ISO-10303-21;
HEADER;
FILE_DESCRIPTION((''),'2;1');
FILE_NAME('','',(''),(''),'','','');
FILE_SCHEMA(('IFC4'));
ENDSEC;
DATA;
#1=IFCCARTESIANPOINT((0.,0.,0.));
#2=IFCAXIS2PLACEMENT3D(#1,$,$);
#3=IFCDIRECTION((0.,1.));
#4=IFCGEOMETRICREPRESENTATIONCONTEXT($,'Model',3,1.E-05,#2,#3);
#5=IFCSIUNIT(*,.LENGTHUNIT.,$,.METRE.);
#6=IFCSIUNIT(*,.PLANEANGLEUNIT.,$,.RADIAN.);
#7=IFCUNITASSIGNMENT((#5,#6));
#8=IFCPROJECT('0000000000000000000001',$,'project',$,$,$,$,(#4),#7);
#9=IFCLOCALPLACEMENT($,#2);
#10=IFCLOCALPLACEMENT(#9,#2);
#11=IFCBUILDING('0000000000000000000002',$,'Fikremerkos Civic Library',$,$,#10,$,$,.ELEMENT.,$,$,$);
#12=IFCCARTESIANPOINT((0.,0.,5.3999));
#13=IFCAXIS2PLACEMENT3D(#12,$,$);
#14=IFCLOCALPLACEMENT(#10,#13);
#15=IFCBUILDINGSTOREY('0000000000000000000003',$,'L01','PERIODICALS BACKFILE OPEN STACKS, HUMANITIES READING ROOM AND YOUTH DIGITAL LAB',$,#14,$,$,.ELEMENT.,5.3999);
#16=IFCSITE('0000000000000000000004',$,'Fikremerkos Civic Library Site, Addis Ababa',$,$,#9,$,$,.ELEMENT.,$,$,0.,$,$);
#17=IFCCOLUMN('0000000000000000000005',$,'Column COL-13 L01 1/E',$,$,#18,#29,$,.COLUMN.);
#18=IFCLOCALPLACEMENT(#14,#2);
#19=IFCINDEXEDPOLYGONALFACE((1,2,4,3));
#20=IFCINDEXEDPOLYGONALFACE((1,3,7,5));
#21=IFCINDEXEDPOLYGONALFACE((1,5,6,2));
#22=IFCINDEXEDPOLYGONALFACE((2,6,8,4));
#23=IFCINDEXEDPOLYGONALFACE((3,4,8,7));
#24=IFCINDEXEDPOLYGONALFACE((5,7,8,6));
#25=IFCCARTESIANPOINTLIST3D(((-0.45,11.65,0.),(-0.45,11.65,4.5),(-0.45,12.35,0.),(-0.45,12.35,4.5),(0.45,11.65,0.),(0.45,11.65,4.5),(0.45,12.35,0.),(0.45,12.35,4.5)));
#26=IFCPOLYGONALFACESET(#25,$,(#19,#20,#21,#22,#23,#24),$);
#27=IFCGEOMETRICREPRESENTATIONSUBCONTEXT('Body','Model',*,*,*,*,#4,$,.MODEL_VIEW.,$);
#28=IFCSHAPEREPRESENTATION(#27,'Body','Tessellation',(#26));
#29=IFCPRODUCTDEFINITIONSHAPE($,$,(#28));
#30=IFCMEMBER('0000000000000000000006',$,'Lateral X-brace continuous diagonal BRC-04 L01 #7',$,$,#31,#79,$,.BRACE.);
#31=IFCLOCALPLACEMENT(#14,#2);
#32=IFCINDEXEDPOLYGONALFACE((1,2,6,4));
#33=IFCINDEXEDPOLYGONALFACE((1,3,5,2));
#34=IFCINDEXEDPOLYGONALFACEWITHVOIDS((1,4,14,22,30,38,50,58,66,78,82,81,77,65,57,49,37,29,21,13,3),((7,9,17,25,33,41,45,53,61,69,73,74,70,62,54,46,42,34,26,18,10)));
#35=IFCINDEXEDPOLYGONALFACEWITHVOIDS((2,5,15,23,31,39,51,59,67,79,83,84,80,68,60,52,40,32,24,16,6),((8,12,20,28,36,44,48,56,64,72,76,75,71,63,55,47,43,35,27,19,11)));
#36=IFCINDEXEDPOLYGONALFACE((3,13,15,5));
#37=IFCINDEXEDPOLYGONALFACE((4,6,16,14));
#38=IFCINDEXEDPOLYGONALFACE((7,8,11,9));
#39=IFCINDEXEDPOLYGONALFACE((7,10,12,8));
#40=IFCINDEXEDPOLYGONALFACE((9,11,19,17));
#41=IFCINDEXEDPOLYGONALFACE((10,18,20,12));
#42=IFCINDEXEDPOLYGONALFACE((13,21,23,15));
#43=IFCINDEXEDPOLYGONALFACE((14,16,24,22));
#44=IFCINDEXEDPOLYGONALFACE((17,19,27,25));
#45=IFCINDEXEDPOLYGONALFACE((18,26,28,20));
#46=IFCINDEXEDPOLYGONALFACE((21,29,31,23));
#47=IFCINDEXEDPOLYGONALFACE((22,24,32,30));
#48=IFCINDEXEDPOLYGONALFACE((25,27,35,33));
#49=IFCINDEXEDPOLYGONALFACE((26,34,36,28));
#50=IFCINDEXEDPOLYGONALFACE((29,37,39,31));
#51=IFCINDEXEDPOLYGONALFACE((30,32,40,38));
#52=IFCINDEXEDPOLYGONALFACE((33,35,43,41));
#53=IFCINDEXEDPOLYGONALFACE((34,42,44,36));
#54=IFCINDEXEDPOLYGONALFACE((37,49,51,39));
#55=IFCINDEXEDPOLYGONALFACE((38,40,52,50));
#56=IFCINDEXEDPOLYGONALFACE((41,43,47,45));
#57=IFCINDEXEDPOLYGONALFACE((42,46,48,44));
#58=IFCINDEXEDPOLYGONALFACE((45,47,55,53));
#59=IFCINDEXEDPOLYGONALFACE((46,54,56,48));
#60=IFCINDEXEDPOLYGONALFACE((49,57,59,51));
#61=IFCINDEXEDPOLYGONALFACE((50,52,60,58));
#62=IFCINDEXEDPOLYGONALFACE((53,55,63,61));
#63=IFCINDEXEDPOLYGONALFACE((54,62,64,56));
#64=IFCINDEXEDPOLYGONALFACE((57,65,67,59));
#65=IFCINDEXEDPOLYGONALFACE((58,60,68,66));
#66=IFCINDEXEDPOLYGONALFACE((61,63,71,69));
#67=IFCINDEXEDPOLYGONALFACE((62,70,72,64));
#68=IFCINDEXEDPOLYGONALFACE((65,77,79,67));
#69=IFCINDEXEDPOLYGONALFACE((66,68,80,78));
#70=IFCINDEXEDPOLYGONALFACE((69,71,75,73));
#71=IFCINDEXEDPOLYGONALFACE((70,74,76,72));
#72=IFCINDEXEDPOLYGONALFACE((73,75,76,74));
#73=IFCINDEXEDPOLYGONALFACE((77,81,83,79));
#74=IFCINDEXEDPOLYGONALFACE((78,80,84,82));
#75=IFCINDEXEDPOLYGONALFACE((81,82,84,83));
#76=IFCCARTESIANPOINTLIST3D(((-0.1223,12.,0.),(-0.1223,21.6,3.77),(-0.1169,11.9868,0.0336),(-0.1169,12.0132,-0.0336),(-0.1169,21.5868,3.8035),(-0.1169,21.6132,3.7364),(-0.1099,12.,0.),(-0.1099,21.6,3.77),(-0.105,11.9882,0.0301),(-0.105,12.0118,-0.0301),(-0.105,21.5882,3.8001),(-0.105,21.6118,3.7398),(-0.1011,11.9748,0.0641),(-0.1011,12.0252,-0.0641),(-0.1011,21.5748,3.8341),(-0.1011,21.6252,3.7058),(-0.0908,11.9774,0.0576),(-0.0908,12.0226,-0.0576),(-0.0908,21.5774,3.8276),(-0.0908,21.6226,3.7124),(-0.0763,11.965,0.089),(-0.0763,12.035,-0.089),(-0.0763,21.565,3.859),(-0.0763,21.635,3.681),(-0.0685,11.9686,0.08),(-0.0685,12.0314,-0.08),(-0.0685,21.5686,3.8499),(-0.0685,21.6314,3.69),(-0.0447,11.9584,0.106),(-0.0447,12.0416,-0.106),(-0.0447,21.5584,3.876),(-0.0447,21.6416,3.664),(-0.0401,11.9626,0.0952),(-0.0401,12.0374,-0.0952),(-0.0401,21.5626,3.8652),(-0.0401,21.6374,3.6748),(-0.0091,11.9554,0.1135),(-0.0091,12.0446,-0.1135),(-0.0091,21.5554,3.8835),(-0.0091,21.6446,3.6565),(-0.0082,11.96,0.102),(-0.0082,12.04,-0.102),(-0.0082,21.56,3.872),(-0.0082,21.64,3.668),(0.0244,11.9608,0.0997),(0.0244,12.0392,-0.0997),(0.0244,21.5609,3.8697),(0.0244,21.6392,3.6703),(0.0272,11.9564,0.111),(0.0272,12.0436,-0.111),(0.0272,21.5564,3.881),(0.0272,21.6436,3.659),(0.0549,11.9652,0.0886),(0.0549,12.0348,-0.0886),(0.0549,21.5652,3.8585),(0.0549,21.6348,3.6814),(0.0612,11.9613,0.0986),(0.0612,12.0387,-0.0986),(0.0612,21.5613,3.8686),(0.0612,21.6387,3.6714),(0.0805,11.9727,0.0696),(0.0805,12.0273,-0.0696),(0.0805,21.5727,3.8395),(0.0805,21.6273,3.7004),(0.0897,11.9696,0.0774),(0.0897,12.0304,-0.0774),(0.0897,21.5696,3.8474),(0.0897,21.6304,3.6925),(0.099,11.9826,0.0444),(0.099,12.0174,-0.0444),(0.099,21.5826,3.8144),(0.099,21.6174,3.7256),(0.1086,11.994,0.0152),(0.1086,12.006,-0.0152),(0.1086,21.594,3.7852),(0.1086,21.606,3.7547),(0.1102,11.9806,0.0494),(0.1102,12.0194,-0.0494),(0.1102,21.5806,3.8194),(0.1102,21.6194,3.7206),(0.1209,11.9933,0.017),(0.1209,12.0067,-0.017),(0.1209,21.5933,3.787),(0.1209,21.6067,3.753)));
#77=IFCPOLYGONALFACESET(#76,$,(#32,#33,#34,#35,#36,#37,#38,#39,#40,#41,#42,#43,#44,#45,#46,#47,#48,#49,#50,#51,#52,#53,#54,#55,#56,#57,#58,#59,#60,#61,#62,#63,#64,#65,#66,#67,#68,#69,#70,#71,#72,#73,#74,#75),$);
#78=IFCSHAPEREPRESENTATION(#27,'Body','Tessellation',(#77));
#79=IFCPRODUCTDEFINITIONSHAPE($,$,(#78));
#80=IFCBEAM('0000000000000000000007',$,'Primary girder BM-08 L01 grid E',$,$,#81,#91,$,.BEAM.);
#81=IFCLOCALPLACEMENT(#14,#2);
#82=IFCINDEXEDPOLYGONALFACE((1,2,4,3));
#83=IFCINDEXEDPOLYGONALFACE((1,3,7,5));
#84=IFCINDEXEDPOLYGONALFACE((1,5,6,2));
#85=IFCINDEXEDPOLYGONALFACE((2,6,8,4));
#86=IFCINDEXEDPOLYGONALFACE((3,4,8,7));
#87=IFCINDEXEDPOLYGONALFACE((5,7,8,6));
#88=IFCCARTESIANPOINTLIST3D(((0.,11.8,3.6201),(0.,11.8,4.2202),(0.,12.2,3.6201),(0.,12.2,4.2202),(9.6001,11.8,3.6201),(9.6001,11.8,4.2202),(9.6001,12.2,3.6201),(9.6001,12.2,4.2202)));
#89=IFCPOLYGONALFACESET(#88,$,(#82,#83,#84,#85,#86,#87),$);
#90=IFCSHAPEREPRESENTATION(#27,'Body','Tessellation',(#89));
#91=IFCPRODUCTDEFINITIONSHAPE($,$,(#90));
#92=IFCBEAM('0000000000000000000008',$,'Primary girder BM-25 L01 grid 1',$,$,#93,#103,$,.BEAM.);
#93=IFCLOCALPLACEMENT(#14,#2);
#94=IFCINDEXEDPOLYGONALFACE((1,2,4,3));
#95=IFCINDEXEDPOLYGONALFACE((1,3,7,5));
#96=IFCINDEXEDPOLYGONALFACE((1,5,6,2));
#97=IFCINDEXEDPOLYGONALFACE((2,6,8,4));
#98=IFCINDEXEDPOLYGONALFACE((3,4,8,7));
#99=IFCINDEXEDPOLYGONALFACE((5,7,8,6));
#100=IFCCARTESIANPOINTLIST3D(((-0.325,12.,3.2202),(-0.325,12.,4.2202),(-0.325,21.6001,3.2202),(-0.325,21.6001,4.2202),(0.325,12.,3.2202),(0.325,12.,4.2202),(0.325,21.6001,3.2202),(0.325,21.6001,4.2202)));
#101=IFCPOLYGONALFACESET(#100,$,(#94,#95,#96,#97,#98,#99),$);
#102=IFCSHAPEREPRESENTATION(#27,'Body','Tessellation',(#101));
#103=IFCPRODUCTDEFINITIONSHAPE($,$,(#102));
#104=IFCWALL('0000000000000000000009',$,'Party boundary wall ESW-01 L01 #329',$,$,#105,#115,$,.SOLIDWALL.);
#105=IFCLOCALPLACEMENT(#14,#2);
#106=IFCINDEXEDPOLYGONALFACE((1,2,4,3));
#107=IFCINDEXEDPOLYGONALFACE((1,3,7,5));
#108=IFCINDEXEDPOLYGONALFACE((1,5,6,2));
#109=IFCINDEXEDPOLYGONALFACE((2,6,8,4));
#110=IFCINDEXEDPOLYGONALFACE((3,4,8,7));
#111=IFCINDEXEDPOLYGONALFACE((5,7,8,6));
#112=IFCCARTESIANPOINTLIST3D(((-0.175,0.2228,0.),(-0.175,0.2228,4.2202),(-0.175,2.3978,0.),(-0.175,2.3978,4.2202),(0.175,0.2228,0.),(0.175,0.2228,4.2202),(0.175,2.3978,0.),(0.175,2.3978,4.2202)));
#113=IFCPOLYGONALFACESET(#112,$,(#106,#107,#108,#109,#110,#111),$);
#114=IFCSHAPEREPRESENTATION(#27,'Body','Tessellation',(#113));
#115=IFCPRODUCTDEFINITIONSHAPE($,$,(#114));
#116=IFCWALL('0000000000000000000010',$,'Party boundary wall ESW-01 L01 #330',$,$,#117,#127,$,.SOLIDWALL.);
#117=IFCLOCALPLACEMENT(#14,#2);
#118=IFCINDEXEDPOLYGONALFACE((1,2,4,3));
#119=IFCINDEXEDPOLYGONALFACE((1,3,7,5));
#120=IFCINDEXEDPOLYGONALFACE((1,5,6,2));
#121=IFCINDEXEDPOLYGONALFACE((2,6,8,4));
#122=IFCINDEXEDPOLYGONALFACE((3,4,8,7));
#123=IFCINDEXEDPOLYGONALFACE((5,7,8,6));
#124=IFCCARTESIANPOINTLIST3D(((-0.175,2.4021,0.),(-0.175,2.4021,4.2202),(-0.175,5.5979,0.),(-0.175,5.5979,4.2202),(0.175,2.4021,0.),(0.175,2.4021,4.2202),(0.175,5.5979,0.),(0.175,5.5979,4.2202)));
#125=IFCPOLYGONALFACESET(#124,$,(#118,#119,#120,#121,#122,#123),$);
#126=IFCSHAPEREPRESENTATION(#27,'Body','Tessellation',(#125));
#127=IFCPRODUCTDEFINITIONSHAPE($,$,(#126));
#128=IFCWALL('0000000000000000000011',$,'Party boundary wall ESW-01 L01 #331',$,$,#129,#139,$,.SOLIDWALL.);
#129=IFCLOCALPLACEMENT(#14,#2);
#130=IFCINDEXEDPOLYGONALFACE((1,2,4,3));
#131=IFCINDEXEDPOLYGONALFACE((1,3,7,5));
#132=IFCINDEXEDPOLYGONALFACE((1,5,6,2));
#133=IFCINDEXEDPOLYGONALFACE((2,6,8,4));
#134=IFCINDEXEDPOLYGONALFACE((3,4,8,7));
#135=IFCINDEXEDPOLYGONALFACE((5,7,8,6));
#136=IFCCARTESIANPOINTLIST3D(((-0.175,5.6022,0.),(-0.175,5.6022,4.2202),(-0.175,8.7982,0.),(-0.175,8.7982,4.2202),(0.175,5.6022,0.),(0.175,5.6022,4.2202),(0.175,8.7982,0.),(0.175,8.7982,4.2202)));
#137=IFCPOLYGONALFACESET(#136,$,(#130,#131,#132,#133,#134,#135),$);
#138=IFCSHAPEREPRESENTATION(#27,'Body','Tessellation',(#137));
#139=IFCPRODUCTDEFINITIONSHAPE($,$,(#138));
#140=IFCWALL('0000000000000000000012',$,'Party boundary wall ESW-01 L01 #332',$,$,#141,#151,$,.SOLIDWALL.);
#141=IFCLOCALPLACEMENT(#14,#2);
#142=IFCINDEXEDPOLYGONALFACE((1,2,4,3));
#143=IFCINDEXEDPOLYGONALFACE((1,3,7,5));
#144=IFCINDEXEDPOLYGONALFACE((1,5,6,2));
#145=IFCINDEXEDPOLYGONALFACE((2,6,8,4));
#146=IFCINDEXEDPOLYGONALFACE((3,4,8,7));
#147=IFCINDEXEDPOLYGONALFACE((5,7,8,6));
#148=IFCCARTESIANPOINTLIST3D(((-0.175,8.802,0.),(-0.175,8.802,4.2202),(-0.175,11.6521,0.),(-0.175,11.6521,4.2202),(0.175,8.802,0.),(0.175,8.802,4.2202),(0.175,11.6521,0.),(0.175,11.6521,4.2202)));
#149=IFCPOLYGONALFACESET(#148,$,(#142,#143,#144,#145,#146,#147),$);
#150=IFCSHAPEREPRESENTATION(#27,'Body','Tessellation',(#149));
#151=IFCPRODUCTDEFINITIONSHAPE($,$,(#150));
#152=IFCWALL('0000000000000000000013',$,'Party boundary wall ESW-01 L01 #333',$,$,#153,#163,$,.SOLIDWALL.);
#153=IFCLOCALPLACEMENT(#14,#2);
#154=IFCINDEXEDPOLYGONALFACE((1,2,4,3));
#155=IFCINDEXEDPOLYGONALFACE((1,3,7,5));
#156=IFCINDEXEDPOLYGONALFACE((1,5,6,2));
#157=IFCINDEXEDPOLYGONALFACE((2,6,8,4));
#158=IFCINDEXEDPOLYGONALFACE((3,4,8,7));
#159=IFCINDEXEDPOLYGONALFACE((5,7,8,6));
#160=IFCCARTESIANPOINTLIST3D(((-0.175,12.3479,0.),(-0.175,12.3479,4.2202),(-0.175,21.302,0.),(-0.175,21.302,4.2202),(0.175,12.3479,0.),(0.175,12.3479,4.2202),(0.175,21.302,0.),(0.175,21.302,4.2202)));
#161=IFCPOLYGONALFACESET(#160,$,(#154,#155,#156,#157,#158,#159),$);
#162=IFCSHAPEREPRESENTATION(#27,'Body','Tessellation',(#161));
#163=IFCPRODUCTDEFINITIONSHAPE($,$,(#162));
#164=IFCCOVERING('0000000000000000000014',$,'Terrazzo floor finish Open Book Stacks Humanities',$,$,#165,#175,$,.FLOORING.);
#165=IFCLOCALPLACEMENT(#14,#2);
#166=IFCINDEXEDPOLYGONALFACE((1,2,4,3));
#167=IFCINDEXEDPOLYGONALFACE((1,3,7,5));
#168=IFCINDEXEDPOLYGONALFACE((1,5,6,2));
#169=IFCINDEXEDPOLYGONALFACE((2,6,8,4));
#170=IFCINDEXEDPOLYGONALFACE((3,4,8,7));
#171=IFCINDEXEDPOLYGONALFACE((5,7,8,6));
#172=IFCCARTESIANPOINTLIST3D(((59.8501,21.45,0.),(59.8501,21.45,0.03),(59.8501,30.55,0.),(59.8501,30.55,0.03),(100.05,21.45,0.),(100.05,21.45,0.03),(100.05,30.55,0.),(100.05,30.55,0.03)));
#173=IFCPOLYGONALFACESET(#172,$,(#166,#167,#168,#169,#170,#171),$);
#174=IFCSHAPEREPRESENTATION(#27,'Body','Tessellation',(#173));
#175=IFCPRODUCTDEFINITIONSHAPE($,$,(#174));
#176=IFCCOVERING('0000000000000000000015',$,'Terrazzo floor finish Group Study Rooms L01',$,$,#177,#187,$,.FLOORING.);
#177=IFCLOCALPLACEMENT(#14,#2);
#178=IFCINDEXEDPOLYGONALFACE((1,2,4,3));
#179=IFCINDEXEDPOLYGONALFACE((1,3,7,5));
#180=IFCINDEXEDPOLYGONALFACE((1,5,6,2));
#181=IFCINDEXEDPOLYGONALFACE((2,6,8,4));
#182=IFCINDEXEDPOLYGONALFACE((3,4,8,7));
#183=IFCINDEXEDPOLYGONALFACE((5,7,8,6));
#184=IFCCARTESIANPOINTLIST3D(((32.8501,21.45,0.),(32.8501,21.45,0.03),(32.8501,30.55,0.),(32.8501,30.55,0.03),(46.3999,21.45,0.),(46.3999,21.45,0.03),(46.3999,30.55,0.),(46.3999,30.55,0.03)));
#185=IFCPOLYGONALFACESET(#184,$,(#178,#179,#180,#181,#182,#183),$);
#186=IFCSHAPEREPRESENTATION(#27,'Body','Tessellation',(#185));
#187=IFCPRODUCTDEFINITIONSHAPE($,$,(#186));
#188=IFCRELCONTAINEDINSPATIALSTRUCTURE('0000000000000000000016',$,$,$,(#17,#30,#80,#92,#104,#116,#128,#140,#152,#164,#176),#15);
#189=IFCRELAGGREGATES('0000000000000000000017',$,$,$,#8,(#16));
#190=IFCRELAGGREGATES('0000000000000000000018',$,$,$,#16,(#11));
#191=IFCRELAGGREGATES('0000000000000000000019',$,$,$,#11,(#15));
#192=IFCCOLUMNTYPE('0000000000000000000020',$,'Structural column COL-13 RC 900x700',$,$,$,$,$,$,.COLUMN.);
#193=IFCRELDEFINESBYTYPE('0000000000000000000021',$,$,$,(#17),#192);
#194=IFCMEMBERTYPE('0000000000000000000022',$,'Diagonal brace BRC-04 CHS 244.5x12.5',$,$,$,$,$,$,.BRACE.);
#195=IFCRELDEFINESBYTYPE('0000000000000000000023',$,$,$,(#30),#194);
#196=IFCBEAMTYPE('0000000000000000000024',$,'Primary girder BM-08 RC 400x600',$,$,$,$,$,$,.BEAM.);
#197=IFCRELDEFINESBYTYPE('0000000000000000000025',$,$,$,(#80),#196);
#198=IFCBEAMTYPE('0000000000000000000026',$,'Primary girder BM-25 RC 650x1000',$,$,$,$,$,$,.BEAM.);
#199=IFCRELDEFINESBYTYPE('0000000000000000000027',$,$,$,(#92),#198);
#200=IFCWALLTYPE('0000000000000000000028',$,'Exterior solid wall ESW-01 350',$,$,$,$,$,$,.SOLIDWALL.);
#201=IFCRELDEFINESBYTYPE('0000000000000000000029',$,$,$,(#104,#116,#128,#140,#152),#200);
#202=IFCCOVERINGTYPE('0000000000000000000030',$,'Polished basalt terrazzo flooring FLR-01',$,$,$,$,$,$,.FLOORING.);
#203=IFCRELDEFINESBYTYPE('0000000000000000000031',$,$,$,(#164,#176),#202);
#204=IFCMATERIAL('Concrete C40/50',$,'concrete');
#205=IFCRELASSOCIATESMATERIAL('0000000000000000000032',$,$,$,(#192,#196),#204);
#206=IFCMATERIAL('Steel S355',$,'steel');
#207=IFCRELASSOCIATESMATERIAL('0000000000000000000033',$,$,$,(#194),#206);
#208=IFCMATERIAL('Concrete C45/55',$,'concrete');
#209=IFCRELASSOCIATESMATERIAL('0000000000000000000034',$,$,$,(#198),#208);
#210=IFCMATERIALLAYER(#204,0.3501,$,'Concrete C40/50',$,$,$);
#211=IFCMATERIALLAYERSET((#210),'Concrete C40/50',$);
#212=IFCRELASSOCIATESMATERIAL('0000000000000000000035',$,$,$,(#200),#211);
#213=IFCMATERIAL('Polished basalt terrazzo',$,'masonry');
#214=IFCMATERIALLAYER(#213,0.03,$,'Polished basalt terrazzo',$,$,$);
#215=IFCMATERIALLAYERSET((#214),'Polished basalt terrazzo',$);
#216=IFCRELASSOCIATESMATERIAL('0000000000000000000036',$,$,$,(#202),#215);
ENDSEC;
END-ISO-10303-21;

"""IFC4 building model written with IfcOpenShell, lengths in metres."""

from ifc_helpers import new_model, si_unit, direction, frame, frame_2d, origin, origin_2d, place, context, subcontext, project, spatial, polyline, rectangle, hollow_circle, outline, extrude, material, layer, layer_set, material_profile, profile_set, type_object, element, save


model = new_model("IFC4")

# Units and contexts
model_context = context("Model", 3, precision=1e-05, world=origin(), true_north=direction((0.0, 1.0)))
body_context = subcontext(model_context, "Body", "Model", "MODEL_VIEW")
ifc_project = project(units=[si_unit("LENGTHUNIT", "METRE"), si_unit("PLANEANGLEUNIT", "RADIAN")], contexts=[model_context])

# Site, building, storey
site_placement = place(None, origin())
site = spatial("IfcSite", under=ifc_project, at=site_placement, Name="Fikremerkos Civic Library Site, Addis Ababa", CompositionType="ELEMENT", RefElevation=0.0)
building_placement = place(site_placement, origin())
building = spatial("IfcBuilding", under=site, at=building_placement, Name="Fikremerkos Civic Library", CompositionType="ELEMENT")
storey_placement = place(building_placement, frame((0.0, 0.0, 5.3999)))
storey = spatial("IfcBuildingStorey", under=building, at=storey_placement, Name="L01", Description="PERIODICALS BACKFILE OPEN STACKS, HUMANITIES READING ROOM AND YOUTH DIGITAL LAB", CompositionType="ELEMENT", Elevation=5.3999)

# Column
ifc_material_1 = material(Name="Concrete C40/50", Category="concrete")
ifc_material_profile_1 = material_profile(ifc_material_1, rectangle(XDim=0.8999, YDim=0.7, at=origin_2d()), Name="RC 900x700")
ifc_profile_set_1 = profile_set([ifc_material_profile_1], Name="Concrete C40/50")
column_type = type_object("IfcColumnType", Name="Structural column COL-13 RC 900x700", PredefinedType="COLUMN", material=ifc_profile_set_1)
column_placement = place(storey_placement, frame((0.0, 12.0, 0.0), z_axis=(0.0, 0.0, 1.0), x_axis=(1.0, 0.0, 0.0)))
element("IfcColumn", 1, at=column_placement, inside=storey, type_object=column_type, Name="Column COL-13 L01 1/E", PredefinedType="COLUMN", context=body_context, shape_type="SweptSolid", body=[
    extrude(rectangle(XDim=0.8999, YDim=0.7, at=origin_2d()), origin(), (0.0, 0.0, 1.0), 4.5),
])

# Member
ifc_material_2 = material(Name="Steel S355", Category="steel")
ifc_material_profile_2 = material_profile(ifc_material_2, hollow_circle(Radius=0.1223, WallThickness=0.0125, at=origin_2d()), Name="CHS 244.5x12.5")
ifc_profile_set_2 = profile_set([ifc_material_profile_2], Name="Steel S355")
member_type = type_object("IfcMemberType", Name="Diagonal brace BRC-04 CHS 244.5x12.5", PredefinedType="BRACE", material=ifc_profile_set_2)
member_placement = place(storey_placement, frame((0.0, 12.0, 0.0), z_axis=(0.0, 0.930799, 0.365531), x_axis=(-1.0, 0.0, 0.0)))
element("IfcMember", 2, at=member_placement, inside=storey, type_object=member_type, Name="Lateral X-brace continuous diagonal BRC-04 L01 #7", PredefinedType="BRACE", context=body_context, shape_type="SweptSolid", body=[
    extrude(hollow_circle(Radius=0.1223, WallThickness=0.0125, at=origin_2d()), origin(), (0.0, 0.0, 1.0), 10.3137),
])

# Beams
ifc_material_profile_3 = material_profile(ifc_material_1, rectangle(XDim=0.3999, YDim=0.6001, at=origin_2d()), Name="RC 400x600")
ifc_profile_set_3 = profile_set([ifc_material_profile_3], Name="Concrete C40/50")
beam_type_1 = type_object("IfcBeamType", Name="Primary girder BM-08 RC 400x600", PredefinedType="BEAM", material=ifc_profile_set_3)
beam_1_placement = place(storey_placement, frame((0.0, 12.0, 3.9202), z_axis=(1.0, 0.0, 0.0), x_axis=(0.0, 1.0, 0.0)))
element("IfcBeam", 3, at=beam_1_placement, inside=storey, type_object=beam_type_1, Name="Primary girder BM-08 L01 grid E", PredefinedType="BEAM", context=body_context, shape_type="SweptSolid", body=[
    extrude(rectangle(XDim=0.3999, YDim=0.6001, at=origin_2d()), origin(), (0.0, 0.0, 1.0), 9.6001),
])
ifc_material_3 = material(Name="Concrete C45/55", Category="concrete")
ifc_material_profile_4 = material_profile(ifc_material_3, rectangle(XDim=0.6499, YDim=1.0, at=origin_2d()), Name="RC 650x1000")
ifc_profile_set_4 = profile_set([ifc_material_profile_4], Name="Concrete C45/55")
beam_type_2 = type_object("IfcBeamType", Name="Primary girder BM-25 RC 650x1000", PredefinedType="BEAM", material=ifc_profile_set_4)
beam_2_placement = place(storey_placement, frame((0.0, 12.0, 3.7202), z_axis=(0.0, 1.0, 0.0), x_axis=(-1.0, 0.0, 0.0)))
element("IfcBeam", 4, at=beam_2_placement, inside=storey, type_object=beam_type_2, Name="Primary girder BM-25 L01 grid 1", PredefinedType="BEAM", context=body_context, shape_type="SweptSolid", body=[
    extrude(rectangle(XDim=0.6499, YDim=1.0, at=origin_2d()), origin(), (0.0, 0.0, 1.0), 9.6001),
])

# Walls
ifc_layer_1 = layer(ifc_material_1, 0.3501, Name="Concrete C40/50")
ifc_layer_set_1 = layer_set([ifc_layer_1], Name="Concrete C40/50")
wall_type = type_object("IfcWallType", Name="Exterior solid wall ESW-01 350", PredefinedType="SOLIDWALL", material=ifc_layer_set_1)
wall_1_placement = place(storey_placement, frame((0.0, 0.2229, 0.0), z_axis=(0.0, 0.0, 1.0), x_axis=(0.0, 1.0, 0.0)))
element("IfcWall", 5, at=wall_1_placement, inside=storey, type_object=wall_type, Name="Party boundary wall ESW-01 L01 #329", PredefinedType="SOLIDWALL", context=body_context, shape_type="SweptSolid", body=[
    extrude(rectangle(XDim=2.175, YDim=0.3501, at=frame_2d((1.0874, 0.0))), origin(), (0.0, 0.0, 1.0), 4.2202),
])
wall_2_placement = place(storey_placement, frame((0.0, 2.4021, 0.0), z_axis=(0.0, 0.0, 1.0), x_axis=(0.0, 1.0, 0.0)))
element("IfcWall", 6, at=wall_2_placement, inside=storey, type_object=wall_type, Name="Party boundary wall ESW-01 L01 #330", PredefinedType="SOLIDWALL", context=body_context, shape_type="SweptSolid", body=[
    extrude(rectangle(XDim=3.1958, YDim=0.3501, at=frame_2d((1.5979, 0.0))), origin(), (0.0, 0.0, 1.0), 4.2202),
])
wall_3_placement = place(storey_placement, frame((0.0, 5.6021, 0.0), z_axis=(0.0, 0.0, 1.0), x_axis=(0.0, 1.0, 0.0)))
element("IfcWall", 7, at=wall_3_placement, inside=storey, type_object=wall_type, Name="Party boundary wall ESW-01 L01 #331", PredefinedType="SOLIDWALL", context=body_context, shape_type="SweptSolid", body=[
    extrude(rectangle(XDim=3.196, YDim=0.3501, at=frame_2d((1.5981, 0.0))), origin(), (0.0, 0.0, 1.0), 4.2202),
])
wall_4_placement = place(storey_placement, frame((0.0, 8.802, 0.0), z_axis=(0.0, 0.0, 1.0), x_axis=(0.0, 1.0, 0.0)))
element("IfcWall", 8, at=wall_4_placement, inside=storey, type_object=wall_type, Name="Party boundary wall ESW-01 L01 #332", PredefinedType="SOLIDWALL", context=body_context, shape_type="SweptSolid", body=[
    extrude(rectangle(XDim=2.8501, YDim=0.3501, at=frame_2d((1.425, 0.0))), origin(), (0.0, 0.0, 1.0), 4.2202),
])
wall_5_placement = place(storey_placement, frame((0.0, 12.3479, 0.0), z_axis=(0.0, 0.0, 1.0), x_axis=(0.0, 1.0, 0.0)))
element("IfcWall", 9, at=wall_5_placement, inside=storey, type_object=wall_type, Name="Party boundary wall ESW-01 L01 #333", PredefinedType="SOLIDWALL", context=body_context, shape_type="SweptSolid", body=[
    extrude(rectangle(XDim=8.9541, YDim=0.3501, at=frame_2d((4.4771, 0.0))), origin(), (0.0, 0.0, 1.0), 4.2202),
])

# Coverings
ifc_material_4 = material(Name="Polished basalt terrazzo", Category="masonry")
ifc_layer_2 = layer(ifc_material_4, 0.03, Name="Polished basalt terrazzo")
ifc_layer_set_2 = layer_set([ifc_layer_2], Name="Polished basalt terrazzo")
covering_type = type_object("IfcCoveringType", Name="Polished basalt terrazzo flooring FLR-01", PredefinedType="FLOORING", material=ifc_layer_set_2)
covering_1_placement = place(storey_placement, origin())
element("IfcCovering", 10, at=covering_1_placement, inside=storey, type_object=covering_type, Name="Terrazzo floor finish Open Book Stacks Humanities", PredefinedType="FLOORING", context=body_context, shape_type="SweptSolid", body=[
    extrude(outline(polyline([(100.05, 30.55), (100.05, 21.45), (59.8501, 21.45), (59.8501, 30.55), (100.05, 30.55)])), origin(), (0.0, 0.0, 1.0), 0.03),
])
covering_2_placement = place(storey_placement, origin())
element("IfcCovering", 11, at=covering_2_placement, inside=storey, type_object=covering_type, Name="Terrazzo floor finish Group Study Rooms L01", PredefinedType="FLOORING", context=body_context, shape_type="SweptSolid", body=[
    extrude(outline(polyline([(46.3999, 30.55), (46.3999, 21.45), (32.8501, 21.45), (32.8501, 30.55), (46.3999, 30.55)])), origin(), (0.0, 0.0, 1.0), 0.03),
])

save(model, "model.ifc")
